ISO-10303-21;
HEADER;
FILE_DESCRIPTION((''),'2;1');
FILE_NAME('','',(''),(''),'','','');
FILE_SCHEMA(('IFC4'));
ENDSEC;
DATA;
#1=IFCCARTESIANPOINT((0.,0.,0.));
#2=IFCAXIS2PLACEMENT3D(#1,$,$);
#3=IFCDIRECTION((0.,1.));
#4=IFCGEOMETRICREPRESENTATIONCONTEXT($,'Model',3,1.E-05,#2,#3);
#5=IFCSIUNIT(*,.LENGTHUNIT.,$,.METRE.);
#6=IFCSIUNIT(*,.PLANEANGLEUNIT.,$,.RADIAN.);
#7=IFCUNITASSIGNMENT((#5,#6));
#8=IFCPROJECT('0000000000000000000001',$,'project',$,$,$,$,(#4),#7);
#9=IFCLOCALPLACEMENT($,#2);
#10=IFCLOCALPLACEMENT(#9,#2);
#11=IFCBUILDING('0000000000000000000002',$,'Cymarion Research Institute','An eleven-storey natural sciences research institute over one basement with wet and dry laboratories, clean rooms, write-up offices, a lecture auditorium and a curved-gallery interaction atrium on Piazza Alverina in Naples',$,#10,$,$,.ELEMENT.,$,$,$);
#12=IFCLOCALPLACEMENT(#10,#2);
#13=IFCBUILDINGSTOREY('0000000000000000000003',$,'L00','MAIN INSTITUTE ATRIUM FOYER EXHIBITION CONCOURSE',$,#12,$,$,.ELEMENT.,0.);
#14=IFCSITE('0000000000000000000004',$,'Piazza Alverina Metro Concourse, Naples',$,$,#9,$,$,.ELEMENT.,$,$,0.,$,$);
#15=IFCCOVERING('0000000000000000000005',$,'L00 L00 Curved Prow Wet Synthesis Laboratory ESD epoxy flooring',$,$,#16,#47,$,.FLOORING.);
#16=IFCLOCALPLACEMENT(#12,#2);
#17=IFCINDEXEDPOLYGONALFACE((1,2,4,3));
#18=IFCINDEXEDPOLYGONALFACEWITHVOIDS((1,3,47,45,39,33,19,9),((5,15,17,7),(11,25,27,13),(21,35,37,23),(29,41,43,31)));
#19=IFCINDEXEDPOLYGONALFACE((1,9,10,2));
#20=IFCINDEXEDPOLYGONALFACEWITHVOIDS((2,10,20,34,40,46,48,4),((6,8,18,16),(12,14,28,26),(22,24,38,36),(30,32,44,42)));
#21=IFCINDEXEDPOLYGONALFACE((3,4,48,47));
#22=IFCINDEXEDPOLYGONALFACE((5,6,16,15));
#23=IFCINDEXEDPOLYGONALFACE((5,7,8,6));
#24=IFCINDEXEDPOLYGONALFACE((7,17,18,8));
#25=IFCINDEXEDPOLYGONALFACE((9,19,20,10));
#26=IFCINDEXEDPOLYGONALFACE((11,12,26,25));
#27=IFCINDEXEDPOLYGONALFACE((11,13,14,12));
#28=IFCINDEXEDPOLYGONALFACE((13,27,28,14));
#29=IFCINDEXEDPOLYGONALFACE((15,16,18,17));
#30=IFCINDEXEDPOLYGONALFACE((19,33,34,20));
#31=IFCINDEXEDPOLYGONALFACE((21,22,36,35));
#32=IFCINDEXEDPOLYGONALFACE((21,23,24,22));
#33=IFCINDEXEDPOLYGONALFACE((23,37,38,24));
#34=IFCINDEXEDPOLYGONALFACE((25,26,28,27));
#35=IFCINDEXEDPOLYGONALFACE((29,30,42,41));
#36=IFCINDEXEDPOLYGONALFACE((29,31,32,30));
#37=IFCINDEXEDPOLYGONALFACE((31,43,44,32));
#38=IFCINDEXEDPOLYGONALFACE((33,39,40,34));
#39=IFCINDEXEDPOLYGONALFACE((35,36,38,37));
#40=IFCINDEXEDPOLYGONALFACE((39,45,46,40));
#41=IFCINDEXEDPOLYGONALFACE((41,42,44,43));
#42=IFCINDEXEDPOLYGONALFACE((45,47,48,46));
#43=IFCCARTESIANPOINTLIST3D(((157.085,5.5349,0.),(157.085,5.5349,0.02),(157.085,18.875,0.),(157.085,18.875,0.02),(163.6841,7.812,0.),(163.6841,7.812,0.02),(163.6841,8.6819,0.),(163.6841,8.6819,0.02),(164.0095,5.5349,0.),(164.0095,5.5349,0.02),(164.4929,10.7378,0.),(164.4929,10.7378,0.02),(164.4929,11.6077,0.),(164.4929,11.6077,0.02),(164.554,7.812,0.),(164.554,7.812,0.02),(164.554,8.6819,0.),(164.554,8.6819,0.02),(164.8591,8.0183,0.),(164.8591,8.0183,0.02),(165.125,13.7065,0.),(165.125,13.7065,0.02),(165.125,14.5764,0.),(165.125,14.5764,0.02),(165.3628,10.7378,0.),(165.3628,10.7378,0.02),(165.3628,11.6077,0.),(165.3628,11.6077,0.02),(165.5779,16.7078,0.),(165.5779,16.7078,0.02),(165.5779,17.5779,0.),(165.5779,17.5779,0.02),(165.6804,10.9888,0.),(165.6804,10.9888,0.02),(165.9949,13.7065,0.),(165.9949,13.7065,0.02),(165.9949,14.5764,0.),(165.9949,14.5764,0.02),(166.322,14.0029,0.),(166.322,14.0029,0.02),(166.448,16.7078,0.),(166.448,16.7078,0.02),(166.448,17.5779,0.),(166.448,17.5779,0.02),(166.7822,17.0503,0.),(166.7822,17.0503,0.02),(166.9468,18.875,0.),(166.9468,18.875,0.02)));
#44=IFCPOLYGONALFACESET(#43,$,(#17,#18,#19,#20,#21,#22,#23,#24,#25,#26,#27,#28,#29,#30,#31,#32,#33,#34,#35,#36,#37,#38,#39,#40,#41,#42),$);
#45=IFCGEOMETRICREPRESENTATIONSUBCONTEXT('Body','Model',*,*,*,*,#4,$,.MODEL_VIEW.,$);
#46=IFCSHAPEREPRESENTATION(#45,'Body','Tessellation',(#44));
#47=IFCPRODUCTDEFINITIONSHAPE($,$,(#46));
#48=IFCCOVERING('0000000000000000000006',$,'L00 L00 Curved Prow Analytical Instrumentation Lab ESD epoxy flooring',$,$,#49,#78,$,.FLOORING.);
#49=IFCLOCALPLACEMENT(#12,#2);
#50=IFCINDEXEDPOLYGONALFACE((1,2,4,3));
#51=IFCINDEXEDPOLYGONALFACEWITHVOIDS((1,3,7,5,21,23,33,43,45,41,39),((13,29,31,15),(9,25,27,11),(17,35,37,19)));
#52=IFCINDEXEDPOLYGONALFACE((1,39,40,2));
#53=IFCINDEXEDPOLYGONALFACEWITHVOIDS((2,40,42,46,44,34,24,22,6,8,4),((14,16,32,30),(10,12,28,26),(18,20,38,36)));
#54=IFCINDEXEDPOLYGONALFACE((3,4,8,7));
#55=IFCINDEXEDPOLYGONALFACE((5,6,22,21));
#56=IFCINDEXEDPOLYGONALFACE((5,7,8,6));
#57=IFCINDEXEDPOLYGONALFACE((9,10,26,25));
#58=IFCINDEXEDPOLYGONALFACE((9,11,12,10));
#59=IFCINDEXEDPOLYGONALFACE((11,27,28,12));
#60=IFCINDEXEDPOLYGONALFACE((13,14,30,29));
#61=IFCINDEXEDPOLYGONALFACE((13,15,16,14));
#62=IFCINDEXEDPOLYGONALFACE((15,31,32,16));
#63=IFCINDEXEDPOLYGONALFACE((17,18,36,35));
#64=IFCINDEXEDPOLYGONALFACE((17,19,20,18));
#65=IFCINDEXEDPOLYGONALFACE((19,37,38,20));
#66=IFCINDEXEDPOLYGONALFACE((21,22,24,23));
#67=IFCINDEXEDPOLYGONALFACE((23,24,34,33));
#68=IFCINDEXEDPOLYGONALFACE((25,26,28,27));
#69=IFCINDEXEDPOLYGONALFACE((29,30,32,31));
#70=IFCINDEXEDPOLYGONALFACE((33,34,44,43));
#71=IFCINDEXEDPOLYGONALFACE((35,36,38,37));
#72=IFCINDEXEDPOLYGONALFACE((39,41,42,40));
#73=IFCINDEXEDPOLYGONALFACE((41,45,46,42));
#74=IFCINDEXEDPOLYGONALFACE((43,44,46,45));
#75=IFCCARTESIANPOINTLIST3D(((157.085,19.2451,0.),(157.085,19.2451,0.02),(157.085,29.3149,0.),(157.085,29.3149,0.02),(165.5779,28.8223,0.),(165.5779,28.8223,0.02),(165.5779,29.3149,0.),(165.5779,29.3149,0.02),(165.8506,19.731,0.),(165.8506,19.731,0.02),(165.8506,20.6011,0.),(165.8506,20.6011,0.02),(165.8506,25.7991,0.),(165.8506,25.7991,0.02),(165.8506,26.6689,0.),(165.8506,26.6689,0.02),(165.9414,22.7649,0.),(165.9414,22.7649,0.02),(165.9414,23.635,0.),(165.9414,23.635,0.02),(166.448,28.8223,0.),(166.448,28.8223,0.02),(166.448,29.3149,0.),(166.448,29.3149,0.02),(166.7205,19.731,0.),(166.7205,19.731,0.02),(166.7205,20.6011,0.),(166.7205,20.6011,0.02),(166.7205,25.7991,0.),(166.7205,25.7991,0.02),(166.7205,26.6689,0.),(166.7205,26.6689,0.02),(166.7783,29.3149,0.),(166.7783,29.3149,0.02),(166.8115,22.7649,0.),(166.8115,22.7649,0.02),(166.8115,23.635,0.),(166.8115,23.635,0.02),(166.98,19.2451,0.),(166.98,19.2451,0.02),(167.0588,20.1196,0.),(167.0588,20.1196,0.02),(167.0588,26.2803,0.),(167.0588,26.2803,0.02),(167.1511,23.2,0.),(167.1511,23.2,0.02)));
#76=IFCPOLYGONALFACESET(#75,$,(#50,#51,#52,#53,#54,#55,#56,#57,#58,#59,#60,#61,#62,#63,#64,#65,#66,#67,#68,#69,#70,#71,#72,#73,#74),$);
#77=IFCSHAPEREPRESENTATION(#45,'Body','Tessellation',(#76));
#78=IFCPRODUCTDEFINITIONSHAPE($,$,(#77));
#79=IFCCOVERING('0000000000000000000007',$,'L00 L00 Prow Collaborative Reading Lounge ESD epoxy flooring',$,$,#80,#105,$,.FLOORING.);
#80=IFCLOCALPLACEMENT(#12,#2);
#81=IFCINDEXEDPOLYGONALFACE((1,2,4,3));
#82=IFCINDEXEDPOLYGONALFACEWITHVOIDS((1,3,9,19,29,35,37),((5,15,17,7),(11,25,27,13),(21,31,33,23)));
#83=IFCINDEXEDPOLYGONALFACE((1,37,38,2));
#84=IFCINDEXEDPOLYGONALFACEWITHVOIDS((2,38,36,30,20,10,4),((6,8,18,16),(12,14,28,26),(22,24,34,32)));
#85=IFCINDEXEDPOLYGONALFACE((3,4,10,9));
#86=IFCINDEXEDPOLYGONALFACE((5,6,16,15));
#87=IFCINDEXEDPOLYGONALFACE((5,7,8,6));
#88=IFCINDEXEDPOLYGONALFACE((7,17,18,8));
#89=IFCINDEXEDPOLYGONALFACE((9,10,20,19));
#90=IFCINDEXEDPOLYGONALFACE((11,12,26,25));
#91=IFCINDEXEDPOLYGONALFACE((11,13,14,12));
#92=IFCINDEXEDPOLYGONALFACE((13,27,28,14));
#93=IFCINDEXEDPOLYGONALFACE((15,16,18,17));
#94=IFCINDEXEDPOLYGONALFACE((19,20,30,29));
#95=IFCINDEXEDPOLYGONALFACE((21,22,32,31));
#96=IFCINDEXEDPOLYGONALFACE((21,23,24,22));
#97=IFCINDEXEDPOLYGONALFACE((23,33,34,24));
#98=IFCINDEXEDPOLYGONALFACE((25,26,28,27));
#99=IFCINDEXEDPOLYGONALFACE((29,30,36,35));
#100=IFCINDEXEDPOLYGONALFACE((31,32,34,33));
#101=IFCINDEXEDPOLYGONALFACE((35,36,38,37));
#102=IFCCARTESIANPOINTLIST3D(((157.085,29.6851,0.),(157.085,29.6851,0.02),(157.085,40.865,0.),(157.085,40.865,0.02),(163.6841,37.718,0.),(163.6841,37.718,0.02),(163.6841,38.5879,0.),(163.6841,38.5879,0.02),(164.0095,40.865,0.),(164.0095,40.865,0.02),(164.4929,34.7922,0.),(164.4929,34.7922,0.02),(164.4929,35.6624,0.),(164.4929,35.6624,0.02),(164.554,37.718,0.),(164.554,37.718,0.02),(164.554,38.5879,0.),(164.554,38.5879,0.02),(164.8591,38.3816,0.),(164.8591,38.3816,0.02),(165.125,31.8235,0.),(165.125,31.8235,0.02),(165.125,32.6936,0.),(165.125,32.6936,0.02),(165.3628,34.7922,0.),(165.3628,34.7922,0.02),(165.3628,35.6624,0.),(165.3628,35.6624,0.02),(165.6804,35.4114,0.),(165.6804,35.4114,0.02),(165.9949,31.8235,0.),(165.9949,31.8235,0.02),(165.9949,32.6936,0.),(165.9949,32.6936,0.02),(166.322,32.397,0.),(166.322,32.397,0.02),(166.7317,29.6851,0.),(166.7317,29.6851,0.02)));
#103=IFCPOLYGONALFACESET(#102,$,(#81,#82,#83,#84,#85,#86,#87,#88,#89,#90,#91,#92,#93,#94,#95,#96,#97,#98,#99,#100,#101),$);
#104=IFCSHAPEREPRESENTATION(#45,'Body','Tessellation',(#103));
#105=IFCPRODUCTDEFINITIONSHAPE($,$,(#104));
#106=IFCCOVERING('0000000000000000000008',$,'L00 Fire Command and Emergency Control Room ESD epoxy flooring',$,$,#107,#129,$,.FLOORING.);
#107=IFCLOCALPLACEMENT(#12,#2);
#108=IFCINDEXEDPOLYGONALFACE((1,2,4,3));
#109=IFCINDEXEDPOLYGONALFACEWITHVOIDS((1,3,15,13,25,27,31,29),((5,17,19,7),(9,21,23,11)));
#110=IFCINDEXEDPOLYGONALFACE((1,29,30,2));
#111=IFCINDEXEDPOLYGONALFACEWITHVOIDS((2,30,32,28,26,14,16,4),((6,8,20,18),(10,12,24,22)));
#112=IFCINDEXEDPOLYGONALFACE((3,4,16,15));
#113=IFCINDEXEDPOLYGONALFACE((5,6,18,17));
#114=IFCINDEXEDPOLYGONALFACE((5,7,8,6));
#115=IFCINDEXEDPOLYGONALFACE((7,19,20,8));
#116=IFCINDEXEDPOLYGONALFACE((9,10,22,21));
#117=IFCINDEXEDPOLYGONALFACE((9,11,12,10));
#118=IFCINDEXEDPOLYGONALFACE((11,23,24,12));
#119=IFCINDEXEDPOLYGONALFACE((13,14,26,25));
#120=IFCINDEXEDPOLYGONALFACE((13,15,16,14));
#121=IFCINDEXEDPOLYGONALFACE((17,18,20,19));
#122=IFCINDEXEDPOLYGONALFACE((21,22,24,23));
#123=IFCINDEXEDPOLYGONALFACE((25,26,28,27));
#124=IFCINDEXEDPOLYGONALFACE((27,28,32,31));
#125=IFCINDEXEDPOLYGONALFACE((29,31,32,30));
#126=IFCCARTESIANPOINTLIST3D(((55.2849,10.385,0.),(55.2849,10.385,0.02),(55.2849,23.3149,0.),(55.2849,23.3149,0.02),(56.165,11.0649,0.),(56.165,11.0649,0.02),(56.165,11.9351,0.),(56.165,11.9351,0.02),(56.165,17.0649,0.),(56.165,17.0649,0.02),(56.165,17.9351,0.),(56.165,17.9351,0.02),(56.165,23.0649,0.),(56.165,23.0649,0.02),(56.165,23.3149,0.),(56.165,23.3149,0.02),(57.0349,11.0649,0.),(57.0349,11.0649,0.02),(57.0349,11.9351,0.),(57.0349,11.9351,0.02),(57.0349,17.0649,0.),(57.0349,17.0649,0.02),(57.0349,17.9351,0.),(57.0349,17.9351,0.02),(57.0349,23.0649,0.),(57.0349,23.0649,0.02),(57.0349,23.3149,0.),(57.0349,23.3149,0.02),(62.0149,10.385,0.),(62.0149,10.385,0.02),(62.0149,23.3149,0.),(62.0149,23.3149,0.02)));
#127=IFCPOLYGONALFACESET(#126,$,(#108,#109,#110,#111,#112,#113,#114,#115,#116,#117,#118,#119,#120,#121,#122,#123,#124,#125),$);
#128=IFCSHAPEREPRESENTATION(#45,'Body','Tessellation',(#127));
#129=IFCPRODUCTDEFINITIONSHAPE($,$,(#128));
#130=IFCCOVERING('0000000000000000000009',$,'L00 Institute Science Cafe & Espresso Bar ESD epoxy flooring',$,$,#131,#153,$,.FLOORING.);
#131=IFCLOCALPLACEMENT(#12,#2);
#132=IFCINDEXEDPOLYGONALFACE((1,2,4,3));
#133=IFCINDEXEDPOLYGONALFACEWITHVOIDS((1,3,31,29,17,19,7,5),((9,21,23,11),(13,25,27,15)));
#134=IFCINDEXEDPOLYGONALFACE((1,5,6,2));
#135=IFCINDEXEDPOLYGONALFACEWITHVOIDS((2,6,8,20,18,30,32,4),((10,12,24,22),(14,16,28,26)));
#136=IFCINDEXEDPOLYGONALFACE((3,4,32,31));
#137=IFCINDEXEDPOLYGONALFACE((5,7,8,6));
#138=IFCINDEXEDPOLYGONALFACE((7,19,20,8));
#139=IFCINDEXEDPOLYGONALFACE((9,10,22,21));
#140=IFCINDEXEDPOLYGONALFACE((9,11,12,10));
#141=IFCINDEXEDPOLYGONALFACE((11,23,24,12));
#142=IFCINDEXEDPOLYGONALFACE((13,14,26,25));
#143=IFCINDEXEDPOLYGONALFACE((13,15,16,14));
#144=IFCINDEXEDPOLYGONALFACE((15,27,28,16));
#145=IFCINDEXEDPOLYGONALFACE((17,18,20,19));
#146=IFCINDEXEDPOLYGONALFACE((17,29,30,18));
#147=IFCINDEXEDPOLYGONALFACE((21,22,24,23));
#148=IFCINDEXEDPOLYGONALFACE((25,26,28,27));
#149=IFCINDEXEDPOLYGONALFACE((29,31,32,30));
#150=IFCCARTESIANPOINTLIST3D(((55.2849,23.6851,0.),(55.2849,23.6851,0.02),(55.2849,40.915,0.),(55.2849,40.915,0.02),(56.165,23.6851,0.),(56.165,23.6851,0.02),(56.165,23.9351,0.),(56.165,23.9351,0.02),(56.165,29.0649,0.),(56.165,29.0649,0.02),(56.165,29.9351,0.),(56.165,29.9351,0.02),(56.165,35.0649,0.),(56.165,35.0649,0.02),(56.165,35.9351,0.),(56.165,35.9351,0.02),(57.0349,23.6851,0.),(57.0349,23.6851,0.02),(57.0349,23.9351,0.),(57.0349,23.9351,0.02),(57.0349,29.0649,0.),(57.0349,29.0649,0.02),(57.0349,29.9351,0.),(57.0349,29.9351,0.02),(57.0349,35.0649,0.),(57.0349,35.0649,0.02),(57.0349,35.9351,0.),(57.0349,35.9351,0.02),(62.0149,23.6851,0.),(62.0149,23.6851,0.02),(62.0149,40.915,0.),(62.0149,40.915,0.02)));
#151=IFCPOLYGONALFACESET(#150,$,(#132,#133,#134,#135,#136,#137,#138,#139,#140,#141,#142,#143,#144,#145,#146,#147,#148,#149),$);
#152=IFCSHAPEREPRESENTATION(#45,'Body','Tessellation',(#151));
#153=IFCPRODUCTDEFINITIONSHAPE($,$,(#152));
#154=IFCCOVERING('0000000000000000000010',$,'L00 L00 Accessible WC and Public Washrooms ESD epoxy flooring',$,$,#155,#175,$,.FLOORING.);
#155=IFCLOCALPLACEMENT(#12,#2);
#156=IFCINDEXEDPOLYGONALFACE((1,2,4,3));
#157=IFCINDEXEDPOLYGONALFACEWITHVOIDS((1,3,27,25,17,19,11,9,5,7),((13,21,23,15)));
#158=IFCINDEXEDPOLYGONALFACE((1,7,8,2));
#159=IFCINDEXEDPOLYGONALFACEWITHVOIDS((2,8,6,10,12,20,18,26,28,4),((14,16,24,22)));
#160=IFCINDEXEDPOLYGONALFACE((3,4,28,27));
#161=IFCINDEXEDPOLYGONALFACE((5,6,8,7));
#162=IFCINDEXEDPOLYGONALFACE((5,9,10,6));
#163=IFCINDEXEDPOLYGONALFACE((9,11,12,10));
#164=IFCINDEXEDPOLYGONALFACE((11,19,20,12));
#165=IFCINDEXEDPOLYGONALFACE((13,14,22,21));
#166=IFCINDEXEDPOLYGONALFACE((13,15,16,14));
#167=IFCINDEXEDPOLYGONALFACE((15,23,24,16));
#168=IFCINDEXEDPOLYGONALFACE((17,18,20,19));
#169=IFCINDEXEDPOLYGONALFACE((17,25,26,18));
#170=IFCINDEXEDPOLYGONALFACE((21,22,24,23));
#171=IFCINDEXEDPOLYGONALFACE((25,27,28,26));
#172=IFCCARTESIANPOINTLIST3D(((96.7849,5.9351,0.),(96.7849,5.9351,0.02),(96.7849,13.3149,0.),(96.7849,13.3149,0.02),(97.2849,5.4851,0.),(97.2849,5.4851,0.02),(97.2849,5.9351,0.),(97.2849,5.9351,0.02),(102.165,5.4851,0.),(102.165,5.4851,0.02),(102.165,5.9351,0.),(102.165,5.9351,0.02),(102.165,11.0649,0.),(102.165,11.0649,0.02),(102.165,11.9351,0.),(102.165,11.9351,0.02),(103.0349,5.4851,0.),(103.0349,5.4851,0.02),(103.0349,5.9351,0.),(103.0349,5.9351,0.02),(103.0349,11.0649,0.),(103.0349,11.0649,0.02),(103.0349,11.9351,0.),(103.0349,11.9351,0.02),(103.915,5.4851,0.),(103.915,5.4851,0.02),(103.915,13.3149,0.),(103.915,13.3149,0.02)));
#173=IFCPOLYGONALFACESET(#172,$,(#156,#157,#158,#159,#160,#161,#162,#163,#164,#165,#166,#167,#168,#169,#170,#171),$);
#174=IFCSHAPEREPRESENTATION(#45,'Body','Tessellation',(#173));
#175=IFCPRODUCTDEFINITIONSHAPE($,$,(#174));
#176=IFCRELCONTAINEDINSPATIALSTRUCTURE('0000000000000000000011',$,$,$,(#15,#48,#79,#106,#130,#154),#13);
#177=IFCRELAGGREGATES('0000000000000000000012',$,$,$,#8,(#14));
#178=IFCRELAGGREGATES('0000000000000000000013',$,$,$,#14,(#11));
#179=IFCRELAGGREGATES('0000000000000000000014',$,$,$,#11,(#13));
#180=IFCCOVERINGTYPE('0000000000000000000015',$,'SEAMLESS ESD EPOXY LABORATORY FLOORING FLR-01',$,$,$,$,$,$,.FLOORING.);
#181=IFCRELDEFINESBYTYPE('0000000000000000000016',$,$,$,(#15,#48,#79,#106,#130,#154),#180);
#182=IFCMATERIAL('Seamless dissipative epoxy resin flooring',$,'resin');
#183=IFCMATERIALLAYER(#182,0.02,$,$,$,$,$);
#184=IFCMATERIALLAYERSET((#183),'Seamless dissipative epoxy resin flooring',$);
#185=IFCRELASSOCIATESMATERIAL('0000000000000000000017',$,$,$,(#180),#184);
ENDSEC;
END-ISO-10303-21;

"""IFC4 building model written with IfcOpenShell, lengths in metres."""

from ifc_helpers import new_model, si_unit, direction, origin, place, context, subcontext, project, spatial, polyline, outline, extrude, material, layer, layer_set, type_object, element, save


model = new_model("IFC4")

# Units and contexts
model_context = context("Model", 3, precision=1e-05, world=origin(), true_north=direction((0.0, 1.0)))
body_context = subcontext(model_context, "Body", "Model", "MODEL_VIEW")
ifc_project = project(units=[si_unit("LENGTHUNIT", "METRE"), si_unit("PLANEANGLEUNIT", "RADIAN")], contexts=[model_context])

# Site, building, storey
site_placement = place(None, origin())
site = spatial("IfcSite", under=ifc_project, at=site_placement, Name="Piazza Alverina Metro Concourse, Naples", CompositionType="ELEMENT", RefElevation=0.0)
building_placement = place(site_placement, origin())
building = spatial("IfcBuilding", under=site, at=building_placement, Name="Cymarion Research Institute", Description="An eleven-storey natural sciences research institute over one basement with wet and dry laboratories, clean rooms, write-up offices, a lecture auditorium and a curved-gallery interaction atrium on Piazza Alverina in Naples", CompositionType="ELEMENT")
storey_placement = place(building_placement, origin())
storey = spatial("IfcBuildingStorey", under=building, at=storey_placement, Name="L00", Description="MAIN INSTITUTE ATRIUM FOYER EXHIBITION CONCOURSE", CompositionType="ELEMENT", Elevation=0.0)

# Coverings
ifc_material_1 = material(Name="Seamless dissipative epoxy resin flooring", Category="resin")
ifc_layer_1 = layer(ifc_material_1, 0.02)
ifc_layer_set_1 = layer_set([ifc_layer_1], Name="Seamless dissipative epoxy resin flooring")
covering_type = type_object("IfcCoveringType", Name="SEAMLESS ESD EPOXY LABORATORY FLOORING FLR-01", PredefinedType="FLOORING", material=ifc_layer_set_1)
covering_1_placement = place(storey_placement, origin())
element("IfcCovering", 1, at=covering_1_placement, inside=storey, type_object=covering_type, Name="L00 L00 Curved Prow Wet Synthesis Laboratory ESD epoxy flooring", PredefinedType="FLOORING", context=body_context, shape_type="SweptSolid", body=[
    extrude(outline(polyline([(157.085, 18.875), (166.9468, 18.875), (166.7822, 17.0503), (166.322, 14.0029), (165.6804, 10.9888), (164.8591, 8.0183), (164.0095, 5.5349), (157.085, 5.5349), (157.085, 18.875)]), holes=[polyline([(166.448, 17.5779), (165.5779, 17.5779), (165.5779, 16.7078), (166.448, 16.7078), (166.448, 17.5779)]), polyline([(165.9949, 14.5764), (165.125, 14.5764), (165.125, 13.7065), (165.9949, 13.7065), (165.9949, 14.5764)]), polyline([(165.3628, 11.6077), (164.4929, 11.6077), (164.4929, 10.7378), (165.3628, 10.7378), (165.3628, 11.6077)]), polyline([(164.554, 8.6819), (163.6841, 8.6819), (163.6841, 7.812), (164.554, 7.812), (164.554, 8.6819)])]), origin(), (0.0, 0.0, 1.0), 0.02),
])
covering_2_placement = place(storey_placement, origin())
element("IfcCovering", 2, at=covering_2_placement, inside=storey, type_object=covering_type, Name="L00 L00 Curved Prow Analytical Instrumentation Lab ESD epoxy flooring", PredefinedType="FLOORING", context=body_context, shape_type="SweptSolid", body=[
    extrude(outline(polyline([(157.085, 29.3149), (165.5779, 29.3149), (165.5779, 28.8223), (166.448, 28.8223), (166.448, 29.3149), (166.7783, 29.3149), (167.0588, 26.2803), (167.1511, 23.2), (167.0588, 20.1196), (166.98, 19.2451), (157.085, 19.2451), (157.085, 29.3149)]), holes=[polyline([(166.8115, 23.635), (165.9414, 23.635), (165.9414, 22.7649), (166.8115, 22.7649), (166.8115, 23.635)]), polyline([(166.7205, 20.6011), (165.8506, 20.6011), (165.8506, 19.731), (166.7205, 19.731), (166.7205, 20.6011)]), polyline([(166.7205, 26.6689), (165.8506, 26.6689), (165.8506, 25.7991), (166.7205, 25.7991), (166.7205, 26.6689)])]), origin(), (0.0, 0.0, 1.0), 0.02),
])
covering_3_placement = place(storey_placement, origin())
element("IfcCovering", 3, at=covering_3_placement, inside=storey, type_object=covering_type, Name="L00 L00 Prow Collaborative Reading Lounge ESD epoxy flooring", PredefinedType="FLOORING", context=body_context, shape_type="SweptSolid", body=[
    extrude(outline(polyline([(157.085, 40.865), (164.0095, 40.865), (164.8591, 38.3816), (165.6804, 35.4114), (166.322, 32.397), (166.7317, 29.6851), (157.085, 29.6851), (157.085, 40.865)]), holes=[polyline([(165.9949, 32.6936), (165.125, 32.6936), (165.125, 31.8235), (165.9949, 31.8235), (165.9949, 32.6936)]), polyline([(165.3628, 35.6624), (164.4929, 35.6624), (164.4929, 34.7922), (165.3628, 34.7922), (165.3628, 35.6624)]), polyline([(164.554, 38.5879), (163.6841, 38.5879), (163.6841, 37.718), (164.554, 37.718), (164.554, 38.5879)])]), origin(), (0.0, 0.0, 1.0), 0.02),
])
covering_4_placement = place(storey_placement, origin())
element("IfcCovering", 4, at=covering_4_placement, inside=storey, type_object=covering_type, Name="L00 Fire Command and Emergency Control Room ESD epoxy flooring", PredefinedType="FLOORING", context=body_context, shape_type="SweptSolid", body=[
    extrude(outline(polyline([(62.0149, 10.385), (55.2849, 10.385), (55.2849, 23.3149), (56.165, 23.3149), (56.165, 23.0649), (57.0349, 23.0649), (57.0349, 23.3149), (62.0149, 23.3149), (62.0149, 10.385)]), holes=[polyline([(57.0349, 11.9351), (56.165, 11.9351), (56.165, 11.0649), (57.0349, 11.0649), (57.0349, 11.9351)]), polyline([(57.0349, 17.9351), (56.165, 17.9351), (56.165, 17.0649), (57.0349, 17.0649), (57.0349, 17.9351)])]), origin(), (0.0, 0.0, 1.0), 0.02),
])
covering_5_placement = place(storey_placement, origin())
element("IfcCovering", 5, at=covering_5_placement, inside=storey, type_object=covering_type, Name="L00 Institute Science Cafe & Espresso Bar ESD epoxy flooring", PredefinedType="FLOORING", context=body_context, shape_type="SweptSolid", body=[
    extrude(outline(polyline([(57.0349, 23.6851), (57.0349, 23.9351), (56.165, 23.9351), (56.165, 23.6851), (55.2849, 23.6851), (55.2849, 40.915), (62.0149, 40.915), (62.0149, 23.6851), (57.0349, 23.6851)]), holes=[polyline([(57.0349, 29.9351), (56.165, 29.9351), (56.165, 29.0649), (57.0349, 29.0649), (57.0349, 29.9351)]), polyline([(57.0349, 35.9351), (56.165, 35.9351), (56.165, 35.0649), (57.0349, 35.0649), (57.0349, 35.9351)])]), origin(), (0.0, 0.0, 1.0), 0.02),
])
covering_6_placement = place(storey_placement, origin())
element("IfcCovering", 6, at=covering_6_placement, inside=storey, type_object=covering_type, Name="L00 L00 Accessible WC and Public Washrooms ESD epoxy flooring", PredefinedType="FLOORING", context=body_context, shape_type="SweptSolid", body=[
    extrude(outline(polyline([(103.0349, 5.4851), (103.0349, 5.9351), (102.165, 5.9351), (102.165, 5.4851), (97.2849, 5.4851), (97.2849, 5.9351), (96.7849, 5.9351), (96.7849, 13.3149), (103.915, 13.3149), (103.915, 5.4851), (103.0349, 5.4851)]), holes=[polyline([(103.0349, 11.9351), (102.165, 11.9351), (102.165, 11.0649), (103.0349, 11.0649), (103.0349, 11.9351)])]), origin(), (0.0, 0.0, 1.0), 0.02),
])

save(model, "model.ifc")
